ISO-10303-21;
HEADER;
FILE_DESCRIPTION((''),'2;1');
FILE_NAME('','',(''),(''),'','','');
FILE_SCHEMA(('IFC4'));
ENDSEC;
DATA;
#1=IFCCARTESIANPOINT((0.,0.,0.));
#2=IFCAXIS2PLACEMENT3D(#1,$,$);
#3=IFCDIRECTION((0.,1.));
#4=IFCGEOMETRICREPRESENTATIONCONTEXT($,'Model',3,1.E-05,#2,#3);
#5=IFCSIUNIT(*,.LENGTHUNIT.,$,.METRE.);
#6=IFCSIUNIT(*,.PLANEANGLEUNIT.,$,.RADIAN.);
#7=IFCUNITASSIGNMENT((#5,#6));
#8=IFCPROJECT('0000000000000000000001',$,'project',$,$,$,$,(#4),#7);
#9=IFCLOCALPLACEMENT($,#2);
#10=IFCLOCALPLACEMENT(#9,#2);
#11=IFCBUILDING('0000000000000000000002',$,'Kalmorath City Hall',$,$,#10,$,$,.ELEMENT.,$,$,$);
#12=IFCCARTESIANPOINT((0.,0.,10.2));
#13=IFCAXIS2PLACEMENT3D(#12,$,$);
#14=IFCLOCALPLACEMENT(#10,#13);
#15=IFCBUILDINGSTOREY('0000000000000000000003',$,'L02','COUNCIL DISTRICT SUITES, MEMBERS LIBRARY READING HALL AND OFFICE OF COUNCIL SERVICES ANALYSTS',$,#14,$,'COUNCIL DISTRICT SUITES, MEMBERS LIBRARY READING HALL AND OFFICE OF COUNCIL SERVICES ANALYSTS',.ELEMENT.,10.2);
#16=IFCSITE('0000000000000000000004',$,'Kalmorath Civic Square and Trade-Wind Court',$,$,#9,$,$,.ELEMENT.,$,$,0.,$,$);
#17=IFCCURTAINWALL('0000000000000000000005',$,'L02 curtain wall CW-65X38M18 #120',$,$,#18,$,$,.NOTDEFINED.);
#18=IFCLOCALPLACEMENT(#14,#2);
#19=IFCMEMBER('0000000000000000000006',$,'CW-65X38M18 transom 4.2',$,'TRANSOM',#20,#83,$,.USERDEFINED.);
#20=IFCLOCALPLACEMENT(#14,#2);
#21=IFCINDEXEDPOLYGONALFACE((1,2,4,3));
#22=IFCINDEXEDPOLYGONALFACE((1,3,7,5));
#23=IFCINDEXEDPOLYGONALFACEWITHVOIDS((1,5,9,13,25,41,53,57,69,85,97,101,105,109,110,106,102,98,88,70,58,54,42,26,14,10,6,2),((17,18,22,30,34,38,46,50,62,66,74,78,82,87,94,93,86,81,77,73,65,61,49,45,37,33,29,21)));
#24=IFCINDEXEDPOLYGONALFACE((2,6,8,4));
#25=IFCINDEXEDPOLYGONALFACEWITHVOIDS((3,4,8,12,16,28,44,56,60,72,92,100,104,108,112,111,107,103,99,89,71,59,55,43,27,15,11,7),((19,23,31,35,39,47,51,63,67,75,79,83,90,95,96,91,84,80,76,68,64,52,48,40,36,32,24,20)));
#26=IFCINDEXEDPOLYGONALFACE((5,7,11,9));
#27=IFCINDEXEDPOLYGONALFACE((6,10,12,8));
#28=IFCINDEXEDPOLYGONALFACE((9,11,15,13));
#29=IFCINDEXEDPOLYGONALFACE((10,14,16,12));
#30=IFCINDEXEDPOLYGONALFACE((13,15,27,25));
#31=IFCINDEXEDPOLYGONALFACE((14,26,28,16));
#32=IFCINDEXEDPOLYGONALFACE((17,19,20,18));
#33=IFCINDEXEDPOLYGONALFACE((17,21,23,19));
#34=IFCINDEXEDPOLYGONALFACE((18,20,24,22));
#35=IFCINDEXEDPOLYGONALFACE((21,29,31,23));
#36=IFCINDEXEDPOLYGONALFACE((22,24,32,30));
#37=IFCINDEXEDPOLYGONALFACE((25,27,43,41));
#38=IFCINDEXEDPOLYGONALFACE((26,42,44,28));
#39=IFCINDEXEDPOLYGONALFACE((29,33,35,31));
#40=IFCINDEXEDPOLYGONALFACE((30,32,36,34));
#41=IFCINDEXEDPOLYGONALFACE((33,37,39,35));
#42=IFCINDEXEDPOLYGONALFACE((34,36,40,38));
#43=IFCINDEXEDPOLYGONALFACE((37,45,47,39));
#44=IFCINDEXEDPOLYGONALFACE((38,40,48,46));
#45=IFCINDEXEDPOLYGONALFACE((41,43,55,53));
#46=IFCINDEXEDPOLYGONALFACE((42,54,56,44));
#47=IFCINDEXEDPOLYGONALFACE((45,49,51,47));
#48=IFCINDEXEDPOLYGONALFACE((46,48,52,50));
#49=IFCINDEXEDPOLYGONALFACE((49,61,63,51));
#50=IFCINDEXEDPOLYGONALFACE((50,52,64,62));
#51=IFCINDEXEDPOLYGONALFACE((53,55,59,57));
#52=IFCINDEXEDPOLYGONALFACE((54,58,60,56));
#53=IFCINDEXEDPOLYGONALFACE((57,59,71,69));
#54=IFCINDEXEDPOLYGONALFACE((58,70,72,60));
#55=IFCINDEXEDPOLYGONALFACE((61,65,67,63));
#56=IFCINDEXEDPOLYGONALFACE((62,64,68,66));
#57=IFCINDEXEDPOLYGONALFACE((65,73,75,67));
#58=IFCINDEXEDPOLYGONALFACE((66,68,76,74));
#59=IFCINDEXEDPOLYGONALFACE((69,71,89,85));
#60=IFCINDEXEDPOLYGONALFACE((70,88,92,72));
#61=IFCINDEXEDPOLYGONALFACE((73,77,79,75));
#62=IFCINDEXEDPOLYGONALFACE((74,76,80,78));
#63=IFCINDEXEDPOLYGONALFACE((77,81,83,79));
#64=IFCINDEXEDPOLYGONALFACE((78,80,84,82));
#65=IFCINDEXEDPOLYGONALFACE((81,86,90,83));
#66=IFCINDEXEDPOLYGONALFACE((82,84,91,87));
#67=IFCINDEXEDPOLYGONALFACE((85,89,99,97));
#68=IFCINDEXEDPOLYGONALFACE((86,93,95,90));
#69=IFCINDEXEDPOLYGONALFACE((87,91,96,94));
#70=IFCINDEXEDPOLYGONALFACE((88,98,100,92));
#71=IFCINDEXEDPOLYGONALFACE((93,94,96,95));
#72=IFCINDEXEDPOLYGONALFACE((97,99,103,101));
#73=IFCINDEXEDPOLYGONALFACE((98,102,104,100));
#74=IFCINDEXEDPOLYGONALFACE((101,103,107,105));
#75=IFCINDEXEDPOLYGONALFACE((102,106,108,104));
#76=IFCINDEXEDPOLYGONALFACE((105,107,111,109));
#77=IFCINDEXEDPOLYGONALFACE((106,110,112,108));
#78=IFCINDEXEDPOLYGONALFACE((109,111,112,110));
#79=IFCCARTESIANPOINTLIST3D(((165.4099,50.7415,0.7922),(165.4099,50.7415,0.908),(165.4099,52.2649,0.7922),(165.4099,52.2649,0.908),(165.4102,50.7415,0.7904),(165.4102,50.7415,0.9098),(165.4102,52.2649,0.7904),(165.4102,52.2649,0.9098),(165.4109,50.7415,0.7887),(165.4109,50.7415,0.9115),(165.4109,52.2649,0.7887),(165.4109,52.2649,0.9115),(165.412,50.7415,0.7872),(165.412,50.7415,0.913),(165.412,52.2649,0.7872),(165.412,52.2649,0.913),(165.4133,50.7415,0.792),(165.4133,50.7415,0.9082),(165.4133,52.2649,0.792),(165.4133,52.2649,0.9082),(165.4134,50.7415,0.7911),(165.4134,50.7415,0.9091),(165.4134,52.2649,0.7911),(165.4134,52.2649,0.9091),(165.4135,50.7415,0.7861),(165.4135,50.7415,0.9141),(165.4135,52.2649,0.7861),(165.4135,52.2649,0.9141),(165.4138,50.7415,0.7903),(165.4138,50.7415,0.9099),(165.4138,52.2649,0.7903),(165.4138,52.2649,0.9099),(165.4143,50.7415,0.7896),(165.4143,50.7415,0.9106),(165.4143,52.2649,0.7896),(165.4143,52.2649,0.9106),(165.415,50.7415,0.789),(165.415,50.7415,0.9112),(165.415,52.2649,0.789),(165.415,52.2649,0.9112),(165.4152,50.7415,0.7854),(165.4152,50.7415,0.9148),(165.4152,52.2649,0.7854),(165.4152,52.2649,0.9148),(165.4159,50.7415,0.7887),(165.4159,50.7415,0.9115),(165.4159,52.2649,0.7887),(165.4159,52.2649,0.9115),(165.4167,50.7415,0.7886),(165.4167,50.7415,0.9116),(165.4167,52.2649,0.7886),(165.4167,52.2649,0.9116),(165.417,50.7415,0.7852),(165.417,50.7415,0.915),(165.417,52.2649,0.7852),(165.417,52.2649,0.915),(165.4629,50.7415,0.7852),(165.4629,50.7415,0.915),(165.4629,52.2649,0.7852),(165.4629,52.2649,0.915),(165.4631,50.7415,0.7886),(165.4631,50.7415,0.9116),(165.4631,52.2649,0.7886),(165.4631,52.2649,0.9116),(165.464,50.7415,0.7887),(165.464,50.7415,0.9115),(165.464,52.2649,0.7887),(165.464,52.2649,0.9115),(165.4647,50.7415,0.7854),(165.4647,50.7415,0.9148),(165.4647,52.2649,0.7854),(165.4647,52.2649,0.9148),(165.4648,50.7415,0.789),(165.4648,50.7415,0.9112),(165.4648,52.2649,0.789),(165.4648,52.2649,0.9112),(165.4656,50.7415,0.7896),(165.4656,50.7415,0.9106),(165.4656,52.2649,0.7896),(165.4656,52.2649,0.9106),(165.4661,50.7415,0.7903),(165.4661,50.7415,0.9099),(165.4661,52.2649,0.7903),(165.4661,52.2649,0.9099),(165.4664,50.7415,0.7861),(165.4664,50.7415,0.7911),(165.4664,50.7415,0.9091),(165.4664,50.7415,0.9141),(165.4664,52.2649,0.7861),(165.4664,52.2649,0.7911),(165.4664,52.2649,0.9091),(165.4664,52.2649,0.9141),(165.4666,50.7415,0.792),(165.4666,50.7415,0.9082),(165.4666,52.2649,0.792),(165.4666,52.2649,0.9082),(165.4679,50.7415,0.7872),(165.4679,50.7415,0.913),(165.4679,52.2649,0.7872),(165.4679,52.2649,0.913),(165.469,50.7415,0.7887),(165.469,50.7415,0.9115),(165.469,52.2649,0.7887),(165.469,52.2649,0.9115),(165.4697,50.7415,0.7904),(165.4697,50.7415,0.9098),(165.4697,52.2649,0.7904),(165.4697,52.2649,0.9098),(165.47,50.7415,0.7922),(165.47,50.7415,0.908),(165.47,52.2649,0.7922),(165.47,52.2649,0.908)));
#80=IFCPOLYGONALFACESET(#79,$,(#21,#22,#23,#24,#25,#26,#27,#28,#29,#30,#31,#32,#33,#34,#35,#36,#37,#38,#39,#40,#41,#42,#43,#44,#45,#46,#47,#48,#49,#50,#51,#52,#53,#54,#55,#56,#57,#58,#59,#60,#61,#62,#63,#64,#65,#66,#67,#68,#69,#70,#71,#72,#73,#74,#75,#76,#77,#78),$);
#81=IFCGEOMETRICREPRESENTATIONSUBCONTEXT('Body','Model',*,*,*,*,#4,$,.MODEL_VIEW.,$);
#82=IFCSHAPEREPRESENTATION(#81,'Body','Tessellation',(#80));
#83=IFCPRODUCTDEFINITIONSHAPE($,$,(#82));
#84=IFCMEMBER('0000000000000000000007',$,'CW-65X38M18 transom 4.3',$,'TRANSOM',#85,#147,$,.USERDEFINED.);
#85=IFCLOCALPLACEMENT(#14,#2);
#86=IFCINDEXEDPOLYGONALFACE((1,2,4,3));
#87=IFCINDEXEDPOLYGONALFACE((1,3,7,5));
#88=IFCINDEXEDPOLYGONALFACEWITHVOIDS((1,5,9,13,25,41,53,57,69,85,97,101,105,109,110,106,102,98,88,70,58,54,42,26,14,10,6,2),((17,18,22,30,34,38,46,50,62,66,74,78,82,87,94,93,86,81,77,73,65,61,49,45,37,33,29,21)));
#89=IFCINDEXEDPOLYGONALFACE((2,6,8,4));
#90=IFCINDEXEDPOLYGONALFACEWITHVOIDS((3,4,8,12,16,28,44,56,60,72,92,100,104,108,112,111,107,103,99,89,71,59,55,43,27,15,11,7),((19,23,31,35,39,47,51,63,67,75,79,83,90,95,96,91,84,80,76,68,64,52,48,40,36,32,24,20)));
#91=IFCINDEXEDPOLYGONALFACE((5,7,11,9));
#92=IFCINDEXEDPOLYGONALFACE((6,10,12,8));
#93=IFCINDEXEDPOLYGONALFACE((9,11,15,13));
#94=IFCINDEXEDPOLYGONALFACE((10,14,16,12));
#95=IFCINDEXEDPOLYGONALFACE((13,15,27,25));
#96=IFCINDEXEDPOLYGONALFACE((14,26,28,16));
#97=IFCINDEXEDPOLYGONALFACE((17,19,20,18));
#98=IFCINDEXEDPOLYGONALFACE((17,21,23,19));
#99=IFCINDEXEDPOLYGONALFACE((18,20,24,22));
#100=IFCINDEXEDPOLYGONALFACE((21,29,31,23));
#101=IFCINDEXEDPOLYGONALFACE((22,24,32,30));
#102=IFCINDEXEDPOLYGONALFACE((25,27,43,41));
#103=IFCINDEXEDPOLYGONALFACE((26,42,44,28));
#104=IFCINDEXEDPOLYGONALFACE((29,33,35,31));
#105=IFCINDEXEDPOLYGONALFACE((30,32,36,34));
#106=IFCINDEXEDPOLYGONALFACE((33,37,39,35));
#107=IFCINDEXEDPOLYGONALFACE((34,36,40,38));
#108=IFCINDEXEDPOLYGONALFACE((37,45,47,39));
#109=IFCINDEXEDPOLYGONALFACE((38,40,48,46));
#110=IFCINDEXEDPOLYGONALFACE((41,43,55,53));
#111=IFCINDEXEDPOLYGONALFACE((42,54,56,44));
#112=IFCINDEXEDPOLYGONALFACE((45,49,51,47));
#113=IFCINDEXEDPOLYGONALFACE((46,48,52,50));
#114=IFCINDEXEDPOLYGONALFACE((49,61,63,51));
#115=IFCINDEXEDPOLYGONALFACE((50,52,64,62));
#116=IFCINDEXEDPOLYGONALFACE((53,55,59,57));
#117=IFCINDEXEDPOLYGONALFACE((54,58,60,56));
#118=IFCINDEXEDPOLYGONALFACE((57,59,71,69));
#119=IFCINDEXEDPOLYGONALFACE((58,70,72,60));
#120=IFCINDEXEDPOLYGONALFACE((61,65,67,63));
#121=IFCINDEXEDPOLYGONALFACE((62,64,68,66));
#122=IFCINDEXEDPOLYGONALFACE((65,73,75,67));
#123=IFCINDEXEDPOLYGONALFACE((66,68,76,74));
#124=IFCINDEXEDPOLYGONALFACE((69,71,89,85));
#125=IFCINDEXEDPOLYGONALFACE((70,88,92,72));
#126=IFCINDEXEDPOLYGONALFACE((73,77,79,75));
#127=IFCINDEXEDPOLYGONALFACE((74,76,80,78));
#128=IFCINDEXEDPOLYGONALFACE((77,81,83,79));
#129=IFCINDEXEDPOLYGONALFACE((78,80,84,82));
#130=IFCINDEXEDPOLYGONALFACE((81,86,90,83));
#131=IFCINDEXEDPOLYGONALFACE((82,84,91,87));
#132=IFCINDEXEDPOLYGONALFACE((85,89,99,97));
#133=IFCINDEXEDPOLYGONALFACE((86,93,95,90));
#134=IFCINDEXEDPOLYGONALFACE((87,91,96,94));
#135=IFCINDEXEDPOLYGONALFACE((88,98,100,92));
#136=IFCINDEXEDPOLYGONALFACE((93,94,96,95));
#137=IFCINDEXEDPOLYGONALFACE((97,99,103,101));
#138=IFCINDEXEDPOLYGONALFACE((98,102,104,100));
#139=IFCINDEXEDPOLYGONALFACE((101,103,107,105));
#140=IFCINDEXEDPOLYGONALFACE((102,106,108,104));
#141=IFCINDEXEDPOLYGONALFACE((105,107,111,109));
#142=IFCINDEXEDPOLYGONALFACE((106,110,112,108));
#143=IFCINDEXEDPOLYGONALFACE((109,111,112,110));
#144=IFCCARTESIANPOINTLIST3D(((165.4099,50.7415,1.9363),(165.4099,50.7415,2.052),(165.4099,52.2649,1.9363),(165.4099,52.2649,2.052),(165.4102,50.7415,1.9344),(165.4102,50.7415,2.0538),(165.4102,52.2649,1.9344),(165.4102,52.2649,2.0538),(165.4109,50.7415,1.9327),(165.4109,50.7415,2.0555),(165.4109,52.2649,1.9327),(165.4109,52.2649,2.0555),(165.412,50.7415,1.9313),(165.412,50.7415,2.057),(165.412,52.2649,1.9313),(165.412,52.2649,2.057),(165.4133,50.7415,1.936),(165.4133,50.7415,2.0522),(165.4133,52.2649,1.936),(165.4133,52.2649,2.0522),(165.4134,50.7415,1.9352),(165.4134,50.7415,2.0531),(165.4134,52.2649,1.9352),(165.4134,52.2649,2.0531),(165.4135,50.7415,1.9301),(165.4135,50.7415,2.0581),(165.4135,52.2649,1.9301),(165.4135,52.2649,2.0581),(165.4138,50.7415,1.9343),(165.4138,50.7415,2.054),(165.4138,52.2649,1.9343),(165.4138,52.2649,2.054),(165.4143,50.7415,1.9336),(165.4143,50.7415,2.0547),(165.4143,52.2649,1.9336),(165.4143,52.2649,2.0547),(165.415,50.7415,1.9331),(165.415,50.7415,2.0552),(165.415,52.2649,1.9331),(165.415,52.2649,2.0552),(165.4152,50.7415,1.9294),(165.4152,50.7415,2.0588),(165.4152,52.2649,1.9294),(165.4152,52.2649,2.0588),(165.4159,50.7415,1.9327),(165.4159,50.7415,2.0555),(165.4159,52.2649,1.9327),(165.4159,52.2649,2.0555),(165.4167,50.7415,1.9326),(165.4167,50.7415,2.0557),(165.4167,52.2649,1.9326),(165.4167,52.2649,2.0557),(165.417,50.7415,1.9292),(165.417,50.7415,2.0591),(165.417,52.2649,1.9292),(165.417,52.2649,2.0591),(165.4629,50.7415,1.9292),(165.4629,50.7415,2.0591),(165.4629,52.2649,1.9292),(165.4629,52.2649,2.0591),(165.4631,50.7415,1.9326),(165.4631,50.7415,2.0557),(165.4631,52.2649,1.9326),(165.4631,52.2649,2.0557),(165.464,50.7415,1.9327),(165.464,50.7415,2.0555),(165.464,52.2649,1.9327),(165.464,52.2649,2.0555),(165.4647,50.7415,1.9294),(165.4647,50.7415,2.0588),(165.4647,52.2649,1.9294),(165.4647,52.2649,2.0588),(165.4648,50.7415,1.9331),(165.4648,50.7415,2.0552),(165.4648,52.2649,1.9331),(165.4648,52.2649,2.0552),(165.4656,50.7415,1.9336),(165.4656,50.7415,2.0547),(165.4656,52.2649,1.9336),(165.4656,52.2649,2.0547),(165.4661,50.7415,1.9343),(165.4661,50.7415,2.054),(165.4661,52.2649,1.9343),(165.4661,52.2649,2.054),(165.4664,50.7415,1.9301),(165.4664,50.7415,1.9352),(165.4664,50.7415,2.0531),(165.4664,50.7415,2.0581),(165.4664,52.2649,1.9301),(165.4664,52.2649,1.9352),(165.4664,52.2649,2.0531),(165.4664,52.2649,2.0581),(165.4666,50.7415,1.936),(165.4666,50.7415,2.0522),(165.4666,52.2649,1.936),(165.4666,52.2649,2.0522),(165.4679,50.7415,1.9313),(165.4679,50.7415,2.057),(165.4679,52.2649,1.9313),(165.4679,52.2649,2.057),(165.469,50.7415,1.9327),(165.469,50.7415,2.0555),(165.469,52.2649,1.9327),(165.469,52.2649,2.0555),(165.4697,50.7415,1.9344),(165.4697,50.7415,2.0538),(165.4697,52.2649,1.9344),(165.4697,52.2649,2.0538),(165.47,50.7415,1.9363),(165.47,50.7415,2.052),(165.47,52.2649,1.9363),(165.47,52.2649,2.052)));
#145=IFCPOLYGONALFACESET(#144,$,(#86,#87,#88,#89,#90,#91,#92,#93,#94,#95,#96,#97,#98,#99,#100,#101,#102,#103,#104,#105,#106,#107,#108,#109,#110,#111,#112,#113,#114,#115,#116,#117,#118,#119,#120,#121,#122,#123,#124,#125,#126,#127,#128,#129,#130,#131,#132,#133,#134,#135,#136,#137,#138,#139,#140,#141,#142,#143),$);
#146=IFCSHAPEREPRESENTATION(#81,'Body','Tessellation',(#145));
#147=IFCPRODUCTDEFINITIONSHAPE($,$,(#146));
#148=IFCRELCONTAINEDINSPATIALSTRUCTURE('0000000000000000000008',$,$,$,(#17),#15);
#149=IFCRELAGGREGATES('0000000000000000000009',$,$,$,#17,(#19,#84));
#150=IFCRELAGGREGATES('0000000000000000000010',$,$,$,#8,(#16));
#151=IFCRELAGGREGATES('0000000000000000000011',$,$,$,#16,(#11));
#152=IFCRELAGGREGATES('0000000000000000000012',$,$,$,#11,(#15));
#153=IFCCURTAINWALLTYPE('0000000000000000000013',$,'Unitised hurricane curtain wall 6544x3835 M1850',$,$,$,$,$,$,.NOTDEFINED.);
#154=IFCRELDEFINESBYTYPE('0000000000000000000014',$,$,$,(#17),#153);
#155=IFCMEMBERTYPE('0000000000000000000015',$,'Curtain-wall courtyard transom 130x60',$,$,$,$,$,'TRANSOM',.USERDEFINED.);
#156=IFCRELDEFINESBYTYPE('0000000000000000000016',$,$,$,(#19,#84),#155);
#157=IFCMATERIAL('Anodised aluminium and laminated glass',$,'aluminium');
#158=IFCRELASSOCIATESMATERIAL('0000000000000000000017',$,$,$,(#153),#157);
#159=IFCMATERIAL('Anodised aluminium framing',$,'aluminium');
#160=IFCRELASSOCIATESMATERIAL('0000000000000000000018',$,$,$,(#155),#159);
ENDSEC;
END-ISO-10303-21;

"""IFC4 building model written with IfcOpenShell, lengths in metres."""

from ifc_helpers import new_model, si_unit, direction, frame, origin, origin_2d, place, context, subcontext, project, spatial, hollow_rectangle, extrude, material, material_profile, profile_set, type_object, element, aggregate, save


model = new_model("IFC4")

# Units and contexts
model_context = context("Model", 3, precision=1e-05, world=origin(), true_north=direction((0.0, 1.0)))
body_context = subcontext(model_context, "Body", "Model", "MODEL_VIEW")
ifc_project = project(units=[si_unit("LENGTHUNIT", "METRE"), si_unit("PLANEANGLEUNIT", "RADIAN")], contexts=[model_context])

# Site, building, storey
site_placement = place(None, origin())
site = spatial("IfcSite", under=ifc_project, at=site_placement, Name="Kalmorath Civic Square and Trade-Wind Court", CompositionType="ELEMENT", RefElevation=0.0)
building_placement = place(site_placement, origin())
building = spatial("IfcBuilding", under=site, at=building_placement, Name="Kalmorath City Hall", CompositionType="ELEMENT")
storey_placement = place(building_placement, frame((0.0, 0.0, 10.2)))
storey = spatial("IfcBuildingStorey", under=building, at=storey_placement, Name="L02", Description="COUNCIL DISTRICT SUITES, MEMBERS LIBRARY READING HALL AND OFFICE OF COUNCIL SERVICES ANALYSTS", LongName="COUNCIL DISTRICT SUITES, MEMBERS LIBRARY READING HALL AND OFFICE OF COUNCIL SERVICES ANALYSTS", CompositionType="ELEMENT", Elevation=10.2)

# Curtain wall, members
ifc_material_1 = material(Name="Anodised aluminium and laminated glass", Category="aluminium")
curtain_wall_type = type_object("IfcCurtainWallType", Name="Unitised hurricane curtain wall 6544x3835 M1850", PredefinedType="NOTDEFINED", material=ifc_material_1)
curtain_wall_placement = place(storey_placement, origin())
curtain_wall = element("IfcCurtainWall", 1, at=curtain_wall_placement, inside=storey, type_object=curtain_wall_type, Name="L02 curtain wall CW-65X38M18 #120", PredefinedType="NOTDEFINED")
ifc_material_2 = material(Name="Anodised aluminium framing", Category="aluminium")
ifc_material_profile_1 = material_profile(ifc_material_2, hollow_rectangle(XDim=0.0601, YDim=0.1299, WallThickness=0.0034, InnerFilletRadius=0.0034, OuterFilletRadius=0.0071, at=origin_2d()), Name="ALU-TRN-130X60X3.5")
ifc_profile_set_1 = profile_set([ifc_material_profile_1], Name="Anodised aluminium framing")
member_type_1 = type_object("IfcMemberType", Name="Curtain-wall courtyard transom 130x60", ElementType="TRANSOM", PredefinedType="USERDEFINED", material=ifc_profile_set_1)
member_1_placement = place(storey_placement, frame((165.4399, 52.2649, 0.8501), z_axis=(0.0, -1.0, 0.0), x_axis=(1.0, 0.0, 0.0)))
member_1 = element("IfcMember", 2, at=member_1_placement, type_object=member_type_1, Name="CW-65X38M18 transom 4.2", ObjectType="TRANSOM", PredefinedType="USERDEFINED", context=body_context, shape_type="SweptSolid", body=[
    extrude(hollow_rectangle(XDim=0.0601, YDim=0.1299, WallThickness=0.0034, InnerFilletRadius=0.0034, OuterFilletRadius=0.0071, at=origin_2d()), origin(), (0.0, 0.0, 1.0), 1.5234),
])
member_2_placement = place(storey_placement, frame((165.4399, 52.2649, 1.9941), z_axis=(0.0, -1.0, 0.0), x_axis=(1.0, 0.0, 0.0)))
member_2 = element("IfcMember", 3, at=member_2_placement, type_object=member_type_1, Name="CW-65X38M18 transom 4.3", ObjectType="TRANSOM", PredefinedType="USERDEFINED", context=body_context, shape_type="SweptSolid", body=[
    extrude(hollow_rectangle(XDim=0.0601, YDim=0.1299, WallThickness=0.0034, InnerFilletRadius=0.0034, OuterFilletRadius=0.0071, at=origin_2d()), origin(), (0.0, 0.0, 1.0), 1.5234),
])

aggregate(curtain_wall, [member_1, member_2])

save(model, "model.ifc")
